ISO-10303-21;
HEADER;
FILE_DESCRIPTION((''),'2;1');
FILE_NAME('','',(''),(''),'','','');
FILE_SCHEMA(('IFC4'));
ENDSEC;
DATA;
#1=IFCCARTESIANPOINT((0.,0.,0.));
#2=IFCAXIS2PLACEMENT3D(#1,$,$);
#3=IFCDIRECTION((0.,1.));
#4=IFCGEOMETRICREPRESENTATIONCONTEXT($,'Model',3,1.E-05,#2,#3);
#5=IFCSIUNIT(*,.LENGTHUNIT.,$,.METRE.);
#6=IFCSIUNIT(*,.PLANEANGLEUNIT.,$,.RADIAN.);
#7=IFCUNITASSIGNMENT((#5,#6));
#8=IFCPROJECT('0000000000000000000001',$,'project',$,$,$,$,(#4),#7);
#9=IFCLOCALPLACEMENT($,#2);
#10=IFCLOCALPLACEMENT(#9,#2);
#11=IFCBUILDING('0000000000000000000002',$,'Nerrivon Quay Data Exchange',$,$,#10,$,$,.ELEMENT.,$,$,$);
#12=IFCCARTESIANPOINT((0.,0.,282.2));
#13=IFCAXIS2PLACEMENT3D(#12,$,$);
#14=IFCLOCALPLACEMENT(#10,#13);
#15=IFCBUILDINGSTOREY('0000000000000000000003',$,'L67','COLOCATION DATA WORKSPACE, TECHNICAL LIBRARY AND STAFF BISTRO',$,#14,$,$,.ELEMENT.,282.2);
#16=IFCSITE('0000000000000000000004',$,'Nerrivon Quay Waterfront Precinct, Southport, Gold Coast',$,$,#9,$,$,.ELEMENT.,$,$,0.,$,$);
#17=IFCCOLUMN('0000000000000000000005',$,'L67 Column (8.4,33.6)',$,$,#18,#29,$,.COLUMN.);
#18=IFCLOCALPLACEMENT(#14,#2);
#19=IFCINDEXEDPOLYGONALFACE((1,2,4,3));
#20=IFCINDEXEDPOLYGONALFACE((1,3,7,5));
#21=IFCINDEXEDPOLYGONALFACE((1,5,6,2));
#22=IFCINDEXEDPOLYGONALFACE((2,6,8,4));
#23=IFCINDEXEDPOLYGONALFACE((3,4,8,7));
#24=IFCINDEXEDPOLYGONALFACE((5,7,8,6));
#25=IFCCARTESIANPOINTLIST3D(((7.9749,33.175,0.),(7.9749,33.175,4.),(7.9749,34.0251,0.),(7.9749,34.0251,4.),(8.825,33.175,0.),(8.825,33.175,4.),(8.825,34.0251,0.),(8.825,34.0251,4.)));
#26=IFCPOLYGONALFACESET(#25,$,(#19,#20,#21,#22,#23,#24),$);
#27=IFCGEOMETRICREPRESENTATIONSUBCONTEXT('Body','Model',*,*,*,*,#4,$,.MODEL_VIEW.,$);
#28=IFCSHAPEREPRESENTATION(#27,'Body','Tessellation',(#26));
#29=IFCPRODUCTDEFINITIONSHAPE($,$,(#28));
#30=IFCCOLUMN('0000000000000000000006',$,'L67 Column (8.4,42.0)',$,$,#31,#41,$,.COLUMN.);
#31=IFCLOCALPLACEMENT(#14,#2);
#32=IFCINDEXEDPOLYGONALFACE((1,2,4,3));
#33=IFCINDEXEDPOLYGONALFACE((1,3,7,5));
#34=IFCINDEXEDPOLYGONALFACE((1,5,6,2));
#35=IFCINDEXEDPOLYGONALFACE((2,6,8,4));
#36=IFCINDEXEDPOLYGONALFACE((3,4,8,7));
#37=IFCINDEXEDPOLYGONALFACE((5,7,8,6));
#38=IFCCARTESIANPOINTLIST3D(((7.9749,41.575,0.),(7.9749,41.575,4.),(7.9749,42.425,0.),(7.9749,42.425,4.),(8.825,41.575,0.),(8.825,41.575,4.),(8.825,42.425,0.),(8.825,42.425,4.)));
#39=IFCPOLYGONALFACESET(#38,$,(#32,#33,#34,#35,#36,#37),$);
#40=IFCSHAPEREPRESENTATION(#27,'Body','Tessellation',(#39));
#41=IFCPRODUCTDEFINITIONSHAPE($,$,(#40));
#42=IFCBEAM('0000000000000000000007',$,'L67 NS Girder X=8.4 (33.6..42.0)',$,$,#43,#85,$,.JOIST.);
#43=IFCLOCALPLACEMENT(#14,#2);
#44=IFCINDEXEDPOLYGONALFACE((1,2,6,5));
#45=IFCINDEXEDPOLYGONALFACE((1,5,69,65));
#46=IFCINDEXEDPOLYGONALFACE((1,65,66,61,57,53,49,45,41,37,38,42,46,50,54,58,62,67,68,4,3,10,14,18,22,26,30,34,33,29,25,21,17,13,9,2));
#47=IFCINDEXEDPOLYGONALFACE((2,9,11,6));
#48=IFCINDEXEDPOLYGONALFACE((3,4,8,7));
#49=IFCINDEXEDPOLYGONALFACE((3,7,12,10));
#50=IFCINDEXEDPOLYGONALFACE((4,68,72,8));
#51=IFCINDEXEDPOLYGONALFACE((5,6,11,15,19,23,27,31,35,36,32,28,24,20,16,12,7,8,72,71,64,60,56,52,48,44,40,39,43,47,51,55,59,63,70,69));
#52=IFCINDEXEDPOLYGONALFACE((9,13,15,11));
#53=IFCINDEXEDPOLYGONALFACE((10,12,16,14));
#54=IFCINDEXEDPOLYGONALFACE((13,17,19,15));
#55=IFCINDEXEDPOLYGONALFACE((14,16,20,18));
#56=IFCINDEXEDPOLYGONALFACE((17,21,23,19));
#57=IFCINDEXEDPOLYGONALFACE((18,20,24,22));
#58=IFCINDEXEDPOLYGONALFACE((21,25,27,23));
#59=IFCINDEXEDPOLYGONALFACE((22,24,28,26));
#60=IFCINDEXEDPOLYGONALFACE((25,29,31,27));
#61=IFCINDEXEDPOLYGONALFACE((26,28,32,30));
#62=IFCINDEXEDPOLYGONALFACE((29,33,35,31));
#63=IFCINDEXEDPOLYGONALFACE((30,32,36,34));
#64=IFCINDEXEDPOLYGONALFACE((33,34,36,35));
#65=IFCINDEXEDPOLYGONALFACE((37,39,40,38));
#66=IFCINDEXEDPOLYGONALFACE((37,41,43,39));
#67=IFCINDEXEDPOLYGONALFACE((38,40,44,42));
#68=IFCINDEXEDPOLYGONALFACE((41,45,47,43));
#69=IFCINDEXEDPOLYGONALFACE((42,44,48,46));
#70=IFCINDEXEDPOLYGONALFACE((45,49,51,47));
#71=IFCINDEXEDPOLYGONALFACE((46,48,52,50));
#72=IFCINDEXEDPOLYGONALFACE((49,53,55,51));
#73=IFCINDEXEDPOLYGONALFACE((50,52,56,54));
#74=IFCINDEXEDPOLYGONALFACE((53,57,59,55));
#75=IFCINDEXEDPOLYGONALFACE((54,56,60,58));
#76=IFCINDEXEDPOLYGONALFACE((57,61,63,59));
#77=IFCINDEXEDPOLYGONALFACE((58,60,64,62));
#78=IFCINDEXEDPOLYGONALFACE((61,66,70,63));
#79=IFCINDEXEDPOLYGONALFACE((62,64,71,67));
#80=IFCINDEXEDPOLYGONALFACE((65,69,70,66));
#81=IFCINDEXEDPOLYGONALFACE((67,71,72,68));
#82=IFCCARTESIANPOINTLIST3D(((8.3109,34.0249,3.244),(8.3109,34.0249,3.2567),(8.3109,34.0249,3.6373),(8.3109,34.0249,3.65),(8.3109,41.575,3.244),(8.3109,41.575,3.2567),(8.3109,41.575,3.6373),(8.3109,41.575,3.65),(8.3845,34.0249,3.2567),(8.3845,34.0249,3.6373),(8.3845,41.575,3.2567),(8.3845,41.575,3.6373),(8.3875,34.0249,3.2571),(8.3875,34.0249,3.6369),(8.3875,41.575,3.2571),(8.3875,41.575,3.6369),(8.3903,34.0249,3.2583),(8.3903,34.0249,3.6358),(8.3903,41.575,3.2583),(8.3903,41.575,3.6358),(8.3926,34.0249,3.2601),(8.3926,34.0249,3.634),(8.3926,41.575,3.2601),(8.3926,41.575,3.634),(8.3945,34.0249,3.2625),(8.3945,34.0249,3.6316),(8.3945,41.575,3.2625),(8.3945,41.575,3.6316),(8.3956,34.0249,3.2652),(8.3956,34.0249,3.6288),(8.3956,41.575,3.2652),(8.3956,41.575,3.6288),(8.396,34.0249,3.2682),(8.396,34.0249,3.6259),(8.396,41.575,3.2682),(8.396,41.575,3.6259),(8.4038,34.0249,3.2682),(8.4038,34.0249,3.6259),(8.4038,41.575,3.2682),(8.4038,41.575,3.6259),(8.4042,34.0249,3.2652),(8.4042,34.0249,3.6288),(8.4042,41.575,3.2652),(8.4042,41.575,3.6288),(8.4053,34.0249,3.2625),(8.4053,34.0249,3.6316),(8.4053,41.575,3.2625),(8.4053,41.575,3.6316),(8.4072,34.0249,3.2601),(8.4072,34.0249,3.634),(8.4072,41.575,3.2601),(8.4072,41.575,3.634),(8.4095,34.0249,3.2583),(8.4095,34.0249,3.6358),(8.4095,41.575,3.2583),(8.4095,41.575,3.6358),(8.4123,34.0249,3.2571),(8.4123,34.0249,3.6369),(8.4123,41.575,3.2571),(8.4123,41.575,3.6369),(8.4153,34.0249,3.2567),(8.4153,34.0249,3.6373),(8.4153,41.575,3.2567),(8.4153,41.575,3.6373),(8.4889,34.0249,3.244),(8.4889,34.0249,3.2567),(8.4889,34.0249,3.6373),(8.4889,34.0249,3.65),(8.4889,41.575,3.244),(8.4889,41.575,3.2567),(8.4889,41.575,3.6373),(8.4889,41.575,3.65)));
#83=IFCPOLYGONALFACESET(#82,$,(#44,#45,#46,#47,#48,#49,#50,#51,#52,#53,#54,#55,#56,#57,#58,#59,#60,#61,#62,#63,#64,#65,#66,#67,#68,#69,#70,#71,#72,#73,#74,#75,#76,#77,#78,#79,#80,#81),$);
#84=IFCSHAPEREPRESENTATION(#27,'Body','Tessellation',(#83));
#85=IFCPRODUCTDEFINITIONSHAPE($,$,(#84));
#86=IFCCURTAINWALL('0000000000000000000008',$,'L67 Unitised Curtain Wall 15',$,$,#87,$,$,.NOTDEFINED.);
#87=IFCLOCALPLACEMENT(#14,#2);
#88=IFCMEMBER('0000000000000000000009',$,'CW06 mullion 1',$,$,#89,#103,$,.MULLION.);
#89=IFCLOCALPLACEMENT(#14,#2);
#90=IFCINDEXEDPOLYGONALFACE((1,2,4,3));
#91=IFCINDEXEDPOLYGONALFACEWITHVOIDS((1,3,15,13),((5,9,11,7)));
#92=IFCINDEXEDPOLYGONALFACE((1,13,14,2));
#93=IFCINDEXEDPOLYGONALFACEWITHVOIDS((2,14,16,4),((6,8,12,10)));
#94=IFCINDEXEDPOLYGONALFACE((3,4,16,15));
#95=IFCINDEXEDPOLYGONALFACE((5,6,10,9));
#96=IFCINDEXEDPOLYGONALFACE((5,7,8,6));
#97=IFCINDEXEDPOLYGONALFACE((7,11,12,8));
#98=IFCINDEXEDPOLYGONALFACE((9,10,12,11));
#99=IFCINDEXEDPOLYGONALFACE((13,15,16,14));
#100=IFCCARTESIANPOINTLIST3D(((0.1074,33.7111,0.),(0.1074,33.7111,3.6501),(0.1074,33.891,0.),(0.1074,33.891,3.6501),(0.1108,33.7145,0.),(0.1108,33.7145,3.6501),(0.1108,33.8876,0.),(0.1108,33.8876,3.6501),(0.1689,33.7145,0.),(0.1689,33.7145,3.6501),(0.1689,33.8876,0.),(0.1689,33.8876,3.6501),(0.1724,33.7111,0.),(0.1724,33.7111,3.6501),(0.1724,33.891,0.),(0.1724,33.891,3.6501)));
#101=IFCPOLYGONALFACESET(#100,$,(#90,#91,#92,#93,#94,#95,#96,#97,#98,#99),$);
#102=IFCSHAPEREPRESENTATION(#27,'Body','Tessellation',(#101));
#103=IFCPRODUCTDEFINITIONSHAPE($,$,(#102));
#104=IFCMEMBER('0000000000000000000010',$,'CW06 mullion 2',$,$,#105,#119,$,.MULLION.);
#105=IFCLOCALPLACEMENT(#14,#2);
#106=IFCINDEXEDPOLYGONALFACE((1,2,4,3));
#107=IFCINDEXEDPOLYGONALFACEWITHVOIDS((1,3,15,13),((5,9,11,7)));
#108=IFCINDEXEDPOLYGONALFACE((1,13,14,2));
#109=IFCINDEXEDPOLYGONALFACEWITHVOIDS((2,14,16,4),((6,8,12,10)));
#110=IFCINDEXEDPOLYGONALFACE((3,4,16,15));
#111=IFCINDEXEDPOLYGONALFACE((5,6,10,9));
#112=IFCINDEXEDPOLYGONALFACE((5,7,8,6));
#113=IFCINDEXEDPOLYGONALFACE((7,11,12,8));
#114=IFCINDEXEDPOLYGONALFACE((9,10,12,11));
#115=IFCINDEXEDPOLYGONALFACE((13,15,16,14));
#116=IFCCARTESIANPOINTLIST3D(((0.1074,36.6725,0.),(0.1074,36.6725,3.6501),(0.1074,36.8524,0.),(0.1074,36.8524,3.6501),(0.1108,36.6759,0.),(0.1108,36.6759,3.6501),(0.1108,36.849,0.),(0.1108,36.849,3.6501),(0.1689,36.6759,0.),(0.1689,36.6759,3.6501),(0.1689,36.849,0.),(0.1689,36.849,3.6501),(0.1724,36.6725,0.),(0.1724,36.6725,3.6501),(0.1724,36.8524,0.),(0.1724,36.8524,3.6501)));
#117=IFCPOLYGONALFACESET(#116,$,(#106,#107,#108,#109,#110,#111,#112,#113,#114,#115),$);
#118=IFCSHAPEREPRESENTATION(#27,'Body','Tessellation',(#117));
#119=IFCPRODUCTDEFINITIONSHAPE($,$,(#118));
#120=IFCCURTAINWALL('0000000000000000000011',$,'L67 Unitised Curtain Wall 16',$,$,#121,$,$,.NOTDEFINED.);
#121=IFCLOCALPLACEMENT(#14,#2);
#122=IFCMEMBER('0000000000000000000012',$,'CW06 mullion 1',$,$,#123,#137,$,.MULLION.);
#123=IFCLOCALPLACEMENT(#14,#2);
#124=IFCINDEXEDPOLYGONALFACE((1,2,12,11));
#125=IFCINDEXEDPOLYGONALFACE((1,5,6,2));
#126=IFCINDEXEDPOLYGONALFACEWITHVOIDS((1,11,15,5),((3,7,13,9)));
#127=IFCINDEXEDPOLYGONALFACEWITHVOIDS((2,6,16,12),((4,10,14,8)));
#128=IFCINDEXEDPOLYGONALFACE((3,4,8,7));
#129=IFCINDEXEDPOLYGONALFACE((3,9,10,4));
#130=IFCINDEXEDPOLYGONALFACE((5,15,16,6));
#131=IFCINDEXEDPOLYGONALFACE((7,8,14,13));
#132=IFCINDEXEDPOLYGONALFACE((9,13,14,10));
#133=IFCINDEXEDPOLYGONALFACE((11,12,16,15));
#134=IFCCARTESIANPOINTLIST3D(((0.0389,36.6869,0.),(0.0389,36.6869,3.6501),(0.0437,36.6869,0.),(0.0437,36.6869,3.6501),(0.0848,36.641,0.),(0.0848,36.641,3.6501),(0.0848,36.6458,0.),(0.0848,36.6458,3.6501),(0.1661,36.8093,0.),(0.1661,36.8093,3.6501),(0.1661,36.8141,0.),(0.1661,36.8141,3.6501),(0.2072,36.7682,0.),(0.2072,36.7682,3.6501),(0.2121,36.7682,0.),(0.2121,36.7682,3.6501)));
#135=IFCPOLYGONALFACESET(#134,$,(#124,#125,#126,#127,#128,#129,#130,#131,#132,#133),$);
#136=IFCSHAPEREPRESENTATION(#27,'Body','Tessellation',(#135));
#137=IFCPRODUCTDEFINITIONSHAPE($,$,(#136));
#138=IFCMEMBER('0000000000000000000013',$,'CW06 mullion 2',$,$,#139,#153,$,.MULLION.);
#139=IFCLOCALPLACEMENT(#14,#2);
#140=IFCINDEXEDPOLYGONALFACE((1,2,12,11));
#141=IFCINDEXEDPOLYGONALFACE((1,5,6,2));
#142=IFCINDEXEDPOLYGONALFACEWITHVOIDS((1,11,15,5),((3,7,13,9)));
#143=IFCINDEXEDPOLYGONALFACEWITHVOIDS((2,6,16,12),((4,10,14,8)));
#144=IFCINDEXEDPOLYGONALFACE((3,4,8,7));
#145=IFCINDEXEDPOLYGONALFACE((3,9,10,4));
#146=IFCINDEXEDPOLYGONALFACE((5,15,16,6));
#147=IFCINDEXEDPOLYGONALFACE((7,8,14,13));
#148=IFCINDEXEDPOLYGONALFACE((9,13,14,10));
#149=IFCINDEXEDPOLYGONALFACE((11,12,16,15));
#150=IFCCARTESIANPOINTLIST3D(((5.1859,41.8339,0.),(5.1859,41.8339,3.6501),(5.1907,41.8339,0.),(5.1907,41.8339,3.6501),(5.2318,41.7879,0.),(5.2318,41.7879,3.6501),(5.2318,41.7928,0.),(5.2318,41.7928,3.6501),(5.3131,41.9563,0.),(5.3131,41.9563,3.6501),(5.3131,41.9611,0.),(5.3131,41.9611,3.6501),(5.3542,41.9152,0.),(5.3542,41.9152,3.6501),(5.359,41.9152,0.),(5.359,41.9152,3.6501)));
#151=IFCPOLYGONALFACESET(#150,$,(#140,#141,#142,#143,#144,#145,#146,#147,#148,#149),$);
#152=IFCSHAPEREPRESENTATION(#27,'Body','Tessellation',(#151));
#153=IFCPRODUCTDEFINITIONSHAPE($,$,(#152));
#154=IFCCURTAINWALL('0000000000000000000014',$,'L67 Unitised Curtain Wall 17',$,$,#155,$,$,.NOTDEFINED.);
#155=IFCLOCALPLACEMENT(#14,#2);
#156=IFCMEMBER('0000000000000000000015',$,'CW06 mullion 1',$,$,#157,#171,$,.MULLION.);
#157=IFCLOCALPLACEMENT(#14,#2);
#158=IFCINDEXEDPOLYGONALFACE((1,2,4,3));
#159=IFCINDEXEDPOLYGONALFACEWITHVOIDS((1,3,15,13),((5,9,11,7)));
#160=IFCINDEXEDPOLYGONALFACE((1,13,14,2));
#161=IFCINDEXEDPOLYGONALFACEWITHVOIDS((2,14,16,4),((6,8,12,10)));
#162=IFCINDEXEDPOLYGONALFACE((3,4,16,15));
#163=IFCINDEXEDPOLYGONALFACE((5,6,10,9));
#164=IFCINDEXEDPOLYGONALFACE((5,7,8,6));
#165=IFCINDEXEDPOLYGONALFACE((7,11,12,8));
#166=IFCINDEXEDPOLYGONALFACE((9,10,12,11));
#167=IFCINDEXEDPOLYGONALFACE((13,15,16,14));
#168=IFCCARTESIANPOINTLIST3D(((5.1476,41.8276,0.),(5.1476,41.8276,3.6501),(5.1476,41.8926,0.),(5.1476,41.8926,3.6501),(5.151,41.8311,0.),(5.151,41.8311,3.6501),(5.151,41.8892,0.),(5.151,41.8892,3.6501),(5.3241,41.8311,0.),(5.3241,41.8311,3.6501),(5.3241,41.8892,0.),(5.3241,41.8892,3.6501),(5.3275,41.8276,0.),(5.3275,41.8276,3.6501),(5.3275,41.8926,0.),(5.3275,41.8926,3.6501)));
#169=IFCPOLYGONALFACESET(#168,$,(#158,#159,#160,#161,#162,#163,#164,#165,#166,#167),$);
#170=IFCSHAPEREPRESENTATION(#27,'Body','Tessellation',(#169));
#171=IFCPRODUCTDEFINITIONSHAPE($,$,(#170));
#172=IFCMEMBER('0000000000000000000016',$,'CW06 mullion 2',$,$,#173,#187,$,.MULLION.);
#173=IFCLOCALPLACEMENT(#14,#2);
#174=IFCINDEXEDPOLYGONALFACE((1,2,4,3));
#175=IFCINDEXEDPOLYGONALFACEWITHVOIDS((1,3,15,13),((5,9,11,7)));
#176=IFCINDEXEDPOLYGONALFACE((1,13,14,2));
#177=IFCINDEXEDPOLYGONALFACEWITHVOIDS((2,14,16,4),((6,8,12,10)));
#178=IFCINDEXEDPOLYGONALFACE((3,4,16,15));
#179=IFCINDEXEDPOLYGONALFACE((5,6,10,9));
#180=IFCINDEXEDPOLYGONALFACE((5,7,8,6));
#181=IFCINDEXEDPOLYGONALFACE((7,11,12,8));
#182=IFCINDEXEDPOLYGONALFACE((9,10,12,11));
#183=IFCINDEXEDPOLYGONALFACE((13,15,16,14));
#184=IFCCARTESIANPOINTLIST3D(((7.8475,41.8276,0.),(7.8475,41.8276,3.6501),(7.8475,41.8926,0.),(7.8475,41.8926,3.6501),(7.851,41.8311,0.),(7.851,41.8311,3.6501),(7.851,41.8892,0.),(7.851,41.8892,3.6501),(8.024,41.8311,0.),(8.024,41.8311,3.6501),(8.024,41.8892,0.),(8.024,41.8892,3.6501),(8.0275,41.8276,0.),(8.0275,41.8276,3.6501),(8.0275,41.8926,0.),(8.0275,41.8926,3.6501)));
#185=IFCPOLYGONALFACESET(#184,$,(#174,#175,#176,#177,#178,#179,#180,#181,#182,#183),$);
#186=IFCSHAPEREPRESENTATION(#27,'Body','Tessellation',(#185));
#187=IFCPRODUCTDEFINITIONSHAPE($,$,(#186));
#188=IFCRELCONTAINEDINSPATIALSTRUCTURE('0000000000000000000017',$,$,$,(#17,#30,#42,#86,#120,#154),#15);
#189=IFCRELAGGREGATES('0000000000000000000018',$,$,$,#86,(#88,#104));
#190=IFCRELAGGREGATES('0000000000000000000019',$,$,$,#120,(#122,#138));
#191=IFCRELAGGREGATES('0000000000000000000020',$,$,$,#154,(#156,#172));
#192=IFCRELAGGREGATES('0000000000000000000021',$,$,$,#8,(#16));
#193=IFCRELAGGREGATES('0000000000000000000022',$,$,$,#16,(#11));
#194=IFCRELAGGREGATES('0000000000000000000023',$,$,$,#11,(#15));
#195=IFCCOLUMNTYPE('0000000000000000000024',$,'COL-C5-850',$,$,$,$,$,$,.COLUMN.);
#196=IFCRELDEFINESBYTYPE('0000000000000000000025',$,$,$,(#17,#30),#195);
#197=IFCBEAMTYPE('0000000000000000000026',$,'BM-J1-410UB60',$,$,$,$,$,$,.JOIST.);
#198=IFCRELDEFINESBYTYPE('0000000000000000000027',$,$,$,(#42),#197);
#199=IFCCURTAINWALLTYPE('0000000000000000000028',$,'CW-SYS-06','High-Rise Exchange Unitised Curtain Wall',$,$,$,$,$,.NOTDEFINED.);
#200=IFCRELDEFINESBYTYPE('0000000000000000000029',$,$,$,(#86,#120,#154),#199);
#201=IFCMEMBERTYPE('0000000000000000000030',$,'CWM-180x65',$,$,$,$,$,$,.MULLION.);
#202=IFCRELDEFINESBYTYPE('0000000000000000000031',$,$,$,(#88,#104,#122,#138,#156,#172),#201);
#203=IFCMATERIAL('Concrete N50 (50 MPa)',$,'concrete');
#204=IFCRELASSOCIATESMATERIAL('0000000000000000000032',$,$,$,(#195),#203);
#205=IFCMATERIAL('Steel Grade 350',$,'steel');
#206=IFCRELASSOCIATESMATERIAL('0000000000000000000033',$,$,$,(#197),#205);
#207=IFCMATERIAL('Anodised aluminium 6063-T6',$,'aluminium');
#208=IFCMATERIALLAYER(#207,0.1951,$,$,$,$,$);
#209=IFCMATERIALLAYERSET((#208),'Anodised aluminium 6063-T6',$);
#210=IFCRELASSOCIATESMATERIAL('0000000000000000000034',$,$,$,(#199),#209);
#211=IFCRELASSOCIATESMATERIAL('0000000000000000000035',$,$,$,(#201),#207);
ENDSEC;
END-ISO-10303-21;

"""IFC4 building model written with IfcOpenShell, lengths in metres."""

from ifc_helpers import new_model, si_unit, direction, frame, origin, origin_2d, place, context, subcontext, project, spatial, rectangle, hollow_rectangle, i_section, extrude, material, layer, layer_set, material_profile, profile_set, type_object, element, aggregate, save


model = new_model("IFC4")

# Units and contexts
model_context = context("Model", 3, precision=1e-05, world=origin(), true_north=direction((0.0, 1.0)))
body_context = subcontext(model_context, "Body", "Model", "MODEL_VIEW")
ifc_project = project(units=[si_unit("LENGTHUNIT", "METRE"), si_unit("PLANEANGLEUNIT", "RADIAN")], contexts=[model_context])

# Site, building, storey
site_placement = place(None, origin())
site = spatial("IfcSite", under=ifc_project, at=site_placement, Name="Nerrivon Quay Waterfront Precinct, Southport, Gold Coast", CompositionType="ELEMENT", RefElevation=0.0)
building_placement = place(site_placement, origin())
building = spatial("IfcBuilding", under=site, at=building_placement, Name="Nerrivon Quay Data Exchange", CompositionType="ELEMENT")
storey_placement = place(building_placement, frame((0.0, 0.0, 282.2)))
storey = spatial("IfcBuildingStorey", under=building, at=storey_placement, Name="L67", Description="COLOCATION DATA WORKSPACE, TECHNICAL LIBRARY AND STAFF BISTRO", CompositionType="ELEMENT", Elevation=282.2)

# Columns
ifc_material_1 = material(Name="Concrete N50 (50 MPa)", Category="concrete")
ifc_material_profile_1 = material_profile(ifc_material_1, rectangle(XDim=0.8501, YDim=0.8501, at=origin_2d()), Name="RC-COL-850x850")
ifc_profile_set_1 = profile_set([ifc_material_profile_1], Name="Concrete N50 (50 MPa)")
column_type = type_object("IfcColumnType", Name="COL-C5-850", PredefinedType="COLUMN", material=ifc_profile_set_1)
for number, where, z_axis, x_axis, name in (
    (1, (8.3999, 33.6001, 0.0), (0.0, 0.0, 1.0), (1.0, 0.0, 0.0), "L67 Column (8.4,33.6)"),
    (2, (8.3999, 42.0, 0.0), (0.0, 0.0, 1.0), (1.0, 0.0, 0.0), "L67 Column (8.4,42.0)"),
):
    element("IfcColumn", number, at=place(storey_placement, frame(where, z_axis=z_axis, x_axis=x_axis)), inside=storey, type_object=column_type, Name=name, PredefinedType="COLUMN", context=body_context, shape_type="SweptSolid", body=[
        extrude(rectangle(XDim=0.8501, YDim=0.8501, at=origin_2d()), origin(), (0.0, 0.0, 1.0), 4.0),
    ])

# Beam
ifc_material_2 = material(Name="Steel Grade 350", Category="steel")
ifc_material_profile_2 = material_profile(ifc_material_2, i_section(OverallWidth=0.178, OverallDepth=0.406, WebThickness=0.0078, FlangeThickness=0.0127, FilletRadius=0.0115, at=origin_2d()), Name="410UB59.7")
ifc_profile_set_2 = profile_set([ifc_material_profile_2], Name="Steel Grade 350")
beam_type = type_object("IfcBeamType", Name="BM-J1-410UB60", PredefinedType="JOIST", material=ifc_profile_set_2)
beam_placement = place(storey_placement, frame((8.3999, 34.0249, 3.447), z_axis=(0.0, 1.0, 0.0), x_axis=(-1.0, 0.0, 0.0)))
element("IfcBeam", 3, at=beam_placement, inside=storey, type_object=beam_type, Name="L67 NS Girder X=8.4 (33.6..42.0)", PredefinedType="JOIST", context=body_context, shape_type="SweptSolid", body=[
    extrude(i_section(OverallWidth=0.178, OverallDepth=0.406, WebThickness=0.0078, FlangeThickness=0.0127, FilletRadius=0.0115, at=origin_2d()), origin(), (0.0, 0.0, 1.0), 7.55),
])

# Curtain walls, members
ifc_material_3 = material(Name="Anodised aluminium 6063-T6", Category="aluminium")
ifc_layer_1 = layer(ifc_material_3, 0.1951)
ifc_layer_set_1 = layer_set([ifc_layer_1], Name="Anodised aluminium 6063-T6")
curtain_wall_type = type_object("IfcCurtainWallType", Name="CW-SYS-06", Description="High-Rise Exchange Unitised Curtain Wall", PredefinedType="NOTDEFINED", material=ifc_layer_set_1)
curtain_wall_1_placement = place(storey_placement, origin())
curtain_wall_1 = element("IfcCurtainWall", 4, at=curtain_wall_1_placement, inside=storey, type_object=curtain_wall_type, Name="L67 Unitised Curtain Wall 15", PredefinedType="NOTDEFINED")
ifc_material_profile_3 = material_profile(ifc_material_3, hollow_rectangle(XDim=0.0649, YDim=0.1799, WallThickness=0.0034, at=origin_2d()), Name="ALU-MULL-180x65")
ifc_profile_set_3 = profile_set([ifc_material_profile_3], Name="Anodised aluminium 6063-T6")
member_type_1 = type_object("IfcMemberType", Name="CWM-180x65", PredefinedType="MULLION", material=ifc_profile_set_3)
member_1_placement = place(storey_placement, frame((0.1399, 33.801, 0.0), z_axis=(0.0, 0.0, 1.0), x_axis=(-1.0, 0.0, 0.0)))
member_1 = element("IfcMember", 5, at=member_1_placement, type_object=member_type_1, Name="CW06 mullion 1", PredefinedType="MULLION", context=body_context, shape_type="SweptSolid", body=[
    extrude(hollow_rectangle(XDim=0.0649, YDim=0.1799, WallThickness=0.0034, at=origin_2d()), origin(), (0.0, 0.0, 1.0), 3.6501),
])
member_2_placement = place(storey_placement, frame((0.1399, 36.7625, 0.0), z_axis=(0.0, 0.0, 1.0), x_axis=(-1.0, 0.0, 0.0)))
member_2 = element("IfcMember", 6, at=member_2_placement, type_object=member_type_1, Name="CW06 mullion 2", PredefinedType="MULLION", context=body_context, shape_type="SweptSolid", body=[
    extrude(hollow_rectangle(XDim=0.0649, YDim=0.1799, WallThickness=0.0034, at=origin_2d()), origin(), (0.0, 0.0, 1.0), 3.6501),
])
curtain_wall_2_placement = place(storey_placement, origin())
curtain_wall_2 = element("IfcCurtainWall", 7, at=curtain_wall_2_placement, inside=storey, type_object=curtain_wall_type, Name="L67 Unitised Curtain Wall 16", PredefinedType="NOTDEFINED")
member_3_placement = place(storey_placement, frame((0.1255, 36.7275, 0.0), z_axis=(0.0, 0.0, 1.0), x_axis=(-0.707107, 0.707107, 0.0)))
member_3 = element("IfcMember", 8, at=member_3_placement, type_object=member_type_1, Name="CW06 mullion 1", PredefinedType="MULLION", context=body_context, shape_type="SweptSolid", body=[
    extrude(hollow_rectangle(XDim=0.0649, YDim=0.1799, WallThickness=0.0034, at=origin_2d()), origin(), (0.0, 0.0, 1.0), 3.6501),
])
member_4_placement = place(storey_placement, frame((5.2725, 41.8745, 0.0), z_axis=(0.0, 0.0, 1.0), x_axis=(-0.707107, 0.707107, 0.0)))
member_4 = element("IfcMember", 9, at=member_4_placement, type_object=member_type_1, Name="CW06 mullion 2", PredefinedType="MULLION", context=body_context, shape_type="SweptSolid", body=[
    extrude(hollow_rectangle(XDim=0.0649, YDim=0.1799, WallThickness=0.0034, at=origin_2d()), origin(), (0.0, 0.0, 1.0), 3.6501),
])
curtain_wall_3_placement = place(storey_placement, origin())
curtain_wall_3 = element("IfcCurtainWall", 10, at=curtain_wall_3_placement, inside=storey, type_object=curtain_wall_type, Name="L67 Unitised Curtain Wall 17", PredefinedType="NOTDEFINED")
member_5_placement = place(storey_placement, frame((5.2375, 41.8601, 0.0), z_axis=(0.0, 0.0, 1.0), x_axis=(0.0, 1.0, 0.0)))
member_5 = element("IfcMember", 11, at=member_5_placement, type_object=member_type_1, Name="CW06 mullion 1", PredefinedType="MULLION", context=body_context, shape_type="SweptSolid", body=[
    extrude(hollow_rectangle(XDim=0.0649, YDim=0.1799, WallThickness=0.0034, at=origin_2d()), origin(), (0.0, 0.0, 1.0), 3.6501),
])
member_6_placement = place(storey_placement, frame((7.9375, 41.8601, 0.0), z_axis=(0.0, 0.0, 1.0), x_axis=(0.0, 1.0, 0.0)))
member_6 = element("IfcMember", 12, at=member_6_placement, type_object=member_type_1, Name="CW06 mullion 2", PredefinedType="MULLION", context=body_context, shape_type="SweptSolid", body=[
    extrude(hollow_rectangle(XDim=0.0649, YDim=0.1799, WallThickness=0.0034, at=origin_2d()), origin(), (0.0, 0.0, 1.0), 3.6501),
])

aggregate(curtain_wall_1, [member_1, member_2])
aggregate(curtain_wall_2, [member_3, member_4])
aggregate(curtain_wall_3, [member_5, member_6])

save(model, "model.ifc")
